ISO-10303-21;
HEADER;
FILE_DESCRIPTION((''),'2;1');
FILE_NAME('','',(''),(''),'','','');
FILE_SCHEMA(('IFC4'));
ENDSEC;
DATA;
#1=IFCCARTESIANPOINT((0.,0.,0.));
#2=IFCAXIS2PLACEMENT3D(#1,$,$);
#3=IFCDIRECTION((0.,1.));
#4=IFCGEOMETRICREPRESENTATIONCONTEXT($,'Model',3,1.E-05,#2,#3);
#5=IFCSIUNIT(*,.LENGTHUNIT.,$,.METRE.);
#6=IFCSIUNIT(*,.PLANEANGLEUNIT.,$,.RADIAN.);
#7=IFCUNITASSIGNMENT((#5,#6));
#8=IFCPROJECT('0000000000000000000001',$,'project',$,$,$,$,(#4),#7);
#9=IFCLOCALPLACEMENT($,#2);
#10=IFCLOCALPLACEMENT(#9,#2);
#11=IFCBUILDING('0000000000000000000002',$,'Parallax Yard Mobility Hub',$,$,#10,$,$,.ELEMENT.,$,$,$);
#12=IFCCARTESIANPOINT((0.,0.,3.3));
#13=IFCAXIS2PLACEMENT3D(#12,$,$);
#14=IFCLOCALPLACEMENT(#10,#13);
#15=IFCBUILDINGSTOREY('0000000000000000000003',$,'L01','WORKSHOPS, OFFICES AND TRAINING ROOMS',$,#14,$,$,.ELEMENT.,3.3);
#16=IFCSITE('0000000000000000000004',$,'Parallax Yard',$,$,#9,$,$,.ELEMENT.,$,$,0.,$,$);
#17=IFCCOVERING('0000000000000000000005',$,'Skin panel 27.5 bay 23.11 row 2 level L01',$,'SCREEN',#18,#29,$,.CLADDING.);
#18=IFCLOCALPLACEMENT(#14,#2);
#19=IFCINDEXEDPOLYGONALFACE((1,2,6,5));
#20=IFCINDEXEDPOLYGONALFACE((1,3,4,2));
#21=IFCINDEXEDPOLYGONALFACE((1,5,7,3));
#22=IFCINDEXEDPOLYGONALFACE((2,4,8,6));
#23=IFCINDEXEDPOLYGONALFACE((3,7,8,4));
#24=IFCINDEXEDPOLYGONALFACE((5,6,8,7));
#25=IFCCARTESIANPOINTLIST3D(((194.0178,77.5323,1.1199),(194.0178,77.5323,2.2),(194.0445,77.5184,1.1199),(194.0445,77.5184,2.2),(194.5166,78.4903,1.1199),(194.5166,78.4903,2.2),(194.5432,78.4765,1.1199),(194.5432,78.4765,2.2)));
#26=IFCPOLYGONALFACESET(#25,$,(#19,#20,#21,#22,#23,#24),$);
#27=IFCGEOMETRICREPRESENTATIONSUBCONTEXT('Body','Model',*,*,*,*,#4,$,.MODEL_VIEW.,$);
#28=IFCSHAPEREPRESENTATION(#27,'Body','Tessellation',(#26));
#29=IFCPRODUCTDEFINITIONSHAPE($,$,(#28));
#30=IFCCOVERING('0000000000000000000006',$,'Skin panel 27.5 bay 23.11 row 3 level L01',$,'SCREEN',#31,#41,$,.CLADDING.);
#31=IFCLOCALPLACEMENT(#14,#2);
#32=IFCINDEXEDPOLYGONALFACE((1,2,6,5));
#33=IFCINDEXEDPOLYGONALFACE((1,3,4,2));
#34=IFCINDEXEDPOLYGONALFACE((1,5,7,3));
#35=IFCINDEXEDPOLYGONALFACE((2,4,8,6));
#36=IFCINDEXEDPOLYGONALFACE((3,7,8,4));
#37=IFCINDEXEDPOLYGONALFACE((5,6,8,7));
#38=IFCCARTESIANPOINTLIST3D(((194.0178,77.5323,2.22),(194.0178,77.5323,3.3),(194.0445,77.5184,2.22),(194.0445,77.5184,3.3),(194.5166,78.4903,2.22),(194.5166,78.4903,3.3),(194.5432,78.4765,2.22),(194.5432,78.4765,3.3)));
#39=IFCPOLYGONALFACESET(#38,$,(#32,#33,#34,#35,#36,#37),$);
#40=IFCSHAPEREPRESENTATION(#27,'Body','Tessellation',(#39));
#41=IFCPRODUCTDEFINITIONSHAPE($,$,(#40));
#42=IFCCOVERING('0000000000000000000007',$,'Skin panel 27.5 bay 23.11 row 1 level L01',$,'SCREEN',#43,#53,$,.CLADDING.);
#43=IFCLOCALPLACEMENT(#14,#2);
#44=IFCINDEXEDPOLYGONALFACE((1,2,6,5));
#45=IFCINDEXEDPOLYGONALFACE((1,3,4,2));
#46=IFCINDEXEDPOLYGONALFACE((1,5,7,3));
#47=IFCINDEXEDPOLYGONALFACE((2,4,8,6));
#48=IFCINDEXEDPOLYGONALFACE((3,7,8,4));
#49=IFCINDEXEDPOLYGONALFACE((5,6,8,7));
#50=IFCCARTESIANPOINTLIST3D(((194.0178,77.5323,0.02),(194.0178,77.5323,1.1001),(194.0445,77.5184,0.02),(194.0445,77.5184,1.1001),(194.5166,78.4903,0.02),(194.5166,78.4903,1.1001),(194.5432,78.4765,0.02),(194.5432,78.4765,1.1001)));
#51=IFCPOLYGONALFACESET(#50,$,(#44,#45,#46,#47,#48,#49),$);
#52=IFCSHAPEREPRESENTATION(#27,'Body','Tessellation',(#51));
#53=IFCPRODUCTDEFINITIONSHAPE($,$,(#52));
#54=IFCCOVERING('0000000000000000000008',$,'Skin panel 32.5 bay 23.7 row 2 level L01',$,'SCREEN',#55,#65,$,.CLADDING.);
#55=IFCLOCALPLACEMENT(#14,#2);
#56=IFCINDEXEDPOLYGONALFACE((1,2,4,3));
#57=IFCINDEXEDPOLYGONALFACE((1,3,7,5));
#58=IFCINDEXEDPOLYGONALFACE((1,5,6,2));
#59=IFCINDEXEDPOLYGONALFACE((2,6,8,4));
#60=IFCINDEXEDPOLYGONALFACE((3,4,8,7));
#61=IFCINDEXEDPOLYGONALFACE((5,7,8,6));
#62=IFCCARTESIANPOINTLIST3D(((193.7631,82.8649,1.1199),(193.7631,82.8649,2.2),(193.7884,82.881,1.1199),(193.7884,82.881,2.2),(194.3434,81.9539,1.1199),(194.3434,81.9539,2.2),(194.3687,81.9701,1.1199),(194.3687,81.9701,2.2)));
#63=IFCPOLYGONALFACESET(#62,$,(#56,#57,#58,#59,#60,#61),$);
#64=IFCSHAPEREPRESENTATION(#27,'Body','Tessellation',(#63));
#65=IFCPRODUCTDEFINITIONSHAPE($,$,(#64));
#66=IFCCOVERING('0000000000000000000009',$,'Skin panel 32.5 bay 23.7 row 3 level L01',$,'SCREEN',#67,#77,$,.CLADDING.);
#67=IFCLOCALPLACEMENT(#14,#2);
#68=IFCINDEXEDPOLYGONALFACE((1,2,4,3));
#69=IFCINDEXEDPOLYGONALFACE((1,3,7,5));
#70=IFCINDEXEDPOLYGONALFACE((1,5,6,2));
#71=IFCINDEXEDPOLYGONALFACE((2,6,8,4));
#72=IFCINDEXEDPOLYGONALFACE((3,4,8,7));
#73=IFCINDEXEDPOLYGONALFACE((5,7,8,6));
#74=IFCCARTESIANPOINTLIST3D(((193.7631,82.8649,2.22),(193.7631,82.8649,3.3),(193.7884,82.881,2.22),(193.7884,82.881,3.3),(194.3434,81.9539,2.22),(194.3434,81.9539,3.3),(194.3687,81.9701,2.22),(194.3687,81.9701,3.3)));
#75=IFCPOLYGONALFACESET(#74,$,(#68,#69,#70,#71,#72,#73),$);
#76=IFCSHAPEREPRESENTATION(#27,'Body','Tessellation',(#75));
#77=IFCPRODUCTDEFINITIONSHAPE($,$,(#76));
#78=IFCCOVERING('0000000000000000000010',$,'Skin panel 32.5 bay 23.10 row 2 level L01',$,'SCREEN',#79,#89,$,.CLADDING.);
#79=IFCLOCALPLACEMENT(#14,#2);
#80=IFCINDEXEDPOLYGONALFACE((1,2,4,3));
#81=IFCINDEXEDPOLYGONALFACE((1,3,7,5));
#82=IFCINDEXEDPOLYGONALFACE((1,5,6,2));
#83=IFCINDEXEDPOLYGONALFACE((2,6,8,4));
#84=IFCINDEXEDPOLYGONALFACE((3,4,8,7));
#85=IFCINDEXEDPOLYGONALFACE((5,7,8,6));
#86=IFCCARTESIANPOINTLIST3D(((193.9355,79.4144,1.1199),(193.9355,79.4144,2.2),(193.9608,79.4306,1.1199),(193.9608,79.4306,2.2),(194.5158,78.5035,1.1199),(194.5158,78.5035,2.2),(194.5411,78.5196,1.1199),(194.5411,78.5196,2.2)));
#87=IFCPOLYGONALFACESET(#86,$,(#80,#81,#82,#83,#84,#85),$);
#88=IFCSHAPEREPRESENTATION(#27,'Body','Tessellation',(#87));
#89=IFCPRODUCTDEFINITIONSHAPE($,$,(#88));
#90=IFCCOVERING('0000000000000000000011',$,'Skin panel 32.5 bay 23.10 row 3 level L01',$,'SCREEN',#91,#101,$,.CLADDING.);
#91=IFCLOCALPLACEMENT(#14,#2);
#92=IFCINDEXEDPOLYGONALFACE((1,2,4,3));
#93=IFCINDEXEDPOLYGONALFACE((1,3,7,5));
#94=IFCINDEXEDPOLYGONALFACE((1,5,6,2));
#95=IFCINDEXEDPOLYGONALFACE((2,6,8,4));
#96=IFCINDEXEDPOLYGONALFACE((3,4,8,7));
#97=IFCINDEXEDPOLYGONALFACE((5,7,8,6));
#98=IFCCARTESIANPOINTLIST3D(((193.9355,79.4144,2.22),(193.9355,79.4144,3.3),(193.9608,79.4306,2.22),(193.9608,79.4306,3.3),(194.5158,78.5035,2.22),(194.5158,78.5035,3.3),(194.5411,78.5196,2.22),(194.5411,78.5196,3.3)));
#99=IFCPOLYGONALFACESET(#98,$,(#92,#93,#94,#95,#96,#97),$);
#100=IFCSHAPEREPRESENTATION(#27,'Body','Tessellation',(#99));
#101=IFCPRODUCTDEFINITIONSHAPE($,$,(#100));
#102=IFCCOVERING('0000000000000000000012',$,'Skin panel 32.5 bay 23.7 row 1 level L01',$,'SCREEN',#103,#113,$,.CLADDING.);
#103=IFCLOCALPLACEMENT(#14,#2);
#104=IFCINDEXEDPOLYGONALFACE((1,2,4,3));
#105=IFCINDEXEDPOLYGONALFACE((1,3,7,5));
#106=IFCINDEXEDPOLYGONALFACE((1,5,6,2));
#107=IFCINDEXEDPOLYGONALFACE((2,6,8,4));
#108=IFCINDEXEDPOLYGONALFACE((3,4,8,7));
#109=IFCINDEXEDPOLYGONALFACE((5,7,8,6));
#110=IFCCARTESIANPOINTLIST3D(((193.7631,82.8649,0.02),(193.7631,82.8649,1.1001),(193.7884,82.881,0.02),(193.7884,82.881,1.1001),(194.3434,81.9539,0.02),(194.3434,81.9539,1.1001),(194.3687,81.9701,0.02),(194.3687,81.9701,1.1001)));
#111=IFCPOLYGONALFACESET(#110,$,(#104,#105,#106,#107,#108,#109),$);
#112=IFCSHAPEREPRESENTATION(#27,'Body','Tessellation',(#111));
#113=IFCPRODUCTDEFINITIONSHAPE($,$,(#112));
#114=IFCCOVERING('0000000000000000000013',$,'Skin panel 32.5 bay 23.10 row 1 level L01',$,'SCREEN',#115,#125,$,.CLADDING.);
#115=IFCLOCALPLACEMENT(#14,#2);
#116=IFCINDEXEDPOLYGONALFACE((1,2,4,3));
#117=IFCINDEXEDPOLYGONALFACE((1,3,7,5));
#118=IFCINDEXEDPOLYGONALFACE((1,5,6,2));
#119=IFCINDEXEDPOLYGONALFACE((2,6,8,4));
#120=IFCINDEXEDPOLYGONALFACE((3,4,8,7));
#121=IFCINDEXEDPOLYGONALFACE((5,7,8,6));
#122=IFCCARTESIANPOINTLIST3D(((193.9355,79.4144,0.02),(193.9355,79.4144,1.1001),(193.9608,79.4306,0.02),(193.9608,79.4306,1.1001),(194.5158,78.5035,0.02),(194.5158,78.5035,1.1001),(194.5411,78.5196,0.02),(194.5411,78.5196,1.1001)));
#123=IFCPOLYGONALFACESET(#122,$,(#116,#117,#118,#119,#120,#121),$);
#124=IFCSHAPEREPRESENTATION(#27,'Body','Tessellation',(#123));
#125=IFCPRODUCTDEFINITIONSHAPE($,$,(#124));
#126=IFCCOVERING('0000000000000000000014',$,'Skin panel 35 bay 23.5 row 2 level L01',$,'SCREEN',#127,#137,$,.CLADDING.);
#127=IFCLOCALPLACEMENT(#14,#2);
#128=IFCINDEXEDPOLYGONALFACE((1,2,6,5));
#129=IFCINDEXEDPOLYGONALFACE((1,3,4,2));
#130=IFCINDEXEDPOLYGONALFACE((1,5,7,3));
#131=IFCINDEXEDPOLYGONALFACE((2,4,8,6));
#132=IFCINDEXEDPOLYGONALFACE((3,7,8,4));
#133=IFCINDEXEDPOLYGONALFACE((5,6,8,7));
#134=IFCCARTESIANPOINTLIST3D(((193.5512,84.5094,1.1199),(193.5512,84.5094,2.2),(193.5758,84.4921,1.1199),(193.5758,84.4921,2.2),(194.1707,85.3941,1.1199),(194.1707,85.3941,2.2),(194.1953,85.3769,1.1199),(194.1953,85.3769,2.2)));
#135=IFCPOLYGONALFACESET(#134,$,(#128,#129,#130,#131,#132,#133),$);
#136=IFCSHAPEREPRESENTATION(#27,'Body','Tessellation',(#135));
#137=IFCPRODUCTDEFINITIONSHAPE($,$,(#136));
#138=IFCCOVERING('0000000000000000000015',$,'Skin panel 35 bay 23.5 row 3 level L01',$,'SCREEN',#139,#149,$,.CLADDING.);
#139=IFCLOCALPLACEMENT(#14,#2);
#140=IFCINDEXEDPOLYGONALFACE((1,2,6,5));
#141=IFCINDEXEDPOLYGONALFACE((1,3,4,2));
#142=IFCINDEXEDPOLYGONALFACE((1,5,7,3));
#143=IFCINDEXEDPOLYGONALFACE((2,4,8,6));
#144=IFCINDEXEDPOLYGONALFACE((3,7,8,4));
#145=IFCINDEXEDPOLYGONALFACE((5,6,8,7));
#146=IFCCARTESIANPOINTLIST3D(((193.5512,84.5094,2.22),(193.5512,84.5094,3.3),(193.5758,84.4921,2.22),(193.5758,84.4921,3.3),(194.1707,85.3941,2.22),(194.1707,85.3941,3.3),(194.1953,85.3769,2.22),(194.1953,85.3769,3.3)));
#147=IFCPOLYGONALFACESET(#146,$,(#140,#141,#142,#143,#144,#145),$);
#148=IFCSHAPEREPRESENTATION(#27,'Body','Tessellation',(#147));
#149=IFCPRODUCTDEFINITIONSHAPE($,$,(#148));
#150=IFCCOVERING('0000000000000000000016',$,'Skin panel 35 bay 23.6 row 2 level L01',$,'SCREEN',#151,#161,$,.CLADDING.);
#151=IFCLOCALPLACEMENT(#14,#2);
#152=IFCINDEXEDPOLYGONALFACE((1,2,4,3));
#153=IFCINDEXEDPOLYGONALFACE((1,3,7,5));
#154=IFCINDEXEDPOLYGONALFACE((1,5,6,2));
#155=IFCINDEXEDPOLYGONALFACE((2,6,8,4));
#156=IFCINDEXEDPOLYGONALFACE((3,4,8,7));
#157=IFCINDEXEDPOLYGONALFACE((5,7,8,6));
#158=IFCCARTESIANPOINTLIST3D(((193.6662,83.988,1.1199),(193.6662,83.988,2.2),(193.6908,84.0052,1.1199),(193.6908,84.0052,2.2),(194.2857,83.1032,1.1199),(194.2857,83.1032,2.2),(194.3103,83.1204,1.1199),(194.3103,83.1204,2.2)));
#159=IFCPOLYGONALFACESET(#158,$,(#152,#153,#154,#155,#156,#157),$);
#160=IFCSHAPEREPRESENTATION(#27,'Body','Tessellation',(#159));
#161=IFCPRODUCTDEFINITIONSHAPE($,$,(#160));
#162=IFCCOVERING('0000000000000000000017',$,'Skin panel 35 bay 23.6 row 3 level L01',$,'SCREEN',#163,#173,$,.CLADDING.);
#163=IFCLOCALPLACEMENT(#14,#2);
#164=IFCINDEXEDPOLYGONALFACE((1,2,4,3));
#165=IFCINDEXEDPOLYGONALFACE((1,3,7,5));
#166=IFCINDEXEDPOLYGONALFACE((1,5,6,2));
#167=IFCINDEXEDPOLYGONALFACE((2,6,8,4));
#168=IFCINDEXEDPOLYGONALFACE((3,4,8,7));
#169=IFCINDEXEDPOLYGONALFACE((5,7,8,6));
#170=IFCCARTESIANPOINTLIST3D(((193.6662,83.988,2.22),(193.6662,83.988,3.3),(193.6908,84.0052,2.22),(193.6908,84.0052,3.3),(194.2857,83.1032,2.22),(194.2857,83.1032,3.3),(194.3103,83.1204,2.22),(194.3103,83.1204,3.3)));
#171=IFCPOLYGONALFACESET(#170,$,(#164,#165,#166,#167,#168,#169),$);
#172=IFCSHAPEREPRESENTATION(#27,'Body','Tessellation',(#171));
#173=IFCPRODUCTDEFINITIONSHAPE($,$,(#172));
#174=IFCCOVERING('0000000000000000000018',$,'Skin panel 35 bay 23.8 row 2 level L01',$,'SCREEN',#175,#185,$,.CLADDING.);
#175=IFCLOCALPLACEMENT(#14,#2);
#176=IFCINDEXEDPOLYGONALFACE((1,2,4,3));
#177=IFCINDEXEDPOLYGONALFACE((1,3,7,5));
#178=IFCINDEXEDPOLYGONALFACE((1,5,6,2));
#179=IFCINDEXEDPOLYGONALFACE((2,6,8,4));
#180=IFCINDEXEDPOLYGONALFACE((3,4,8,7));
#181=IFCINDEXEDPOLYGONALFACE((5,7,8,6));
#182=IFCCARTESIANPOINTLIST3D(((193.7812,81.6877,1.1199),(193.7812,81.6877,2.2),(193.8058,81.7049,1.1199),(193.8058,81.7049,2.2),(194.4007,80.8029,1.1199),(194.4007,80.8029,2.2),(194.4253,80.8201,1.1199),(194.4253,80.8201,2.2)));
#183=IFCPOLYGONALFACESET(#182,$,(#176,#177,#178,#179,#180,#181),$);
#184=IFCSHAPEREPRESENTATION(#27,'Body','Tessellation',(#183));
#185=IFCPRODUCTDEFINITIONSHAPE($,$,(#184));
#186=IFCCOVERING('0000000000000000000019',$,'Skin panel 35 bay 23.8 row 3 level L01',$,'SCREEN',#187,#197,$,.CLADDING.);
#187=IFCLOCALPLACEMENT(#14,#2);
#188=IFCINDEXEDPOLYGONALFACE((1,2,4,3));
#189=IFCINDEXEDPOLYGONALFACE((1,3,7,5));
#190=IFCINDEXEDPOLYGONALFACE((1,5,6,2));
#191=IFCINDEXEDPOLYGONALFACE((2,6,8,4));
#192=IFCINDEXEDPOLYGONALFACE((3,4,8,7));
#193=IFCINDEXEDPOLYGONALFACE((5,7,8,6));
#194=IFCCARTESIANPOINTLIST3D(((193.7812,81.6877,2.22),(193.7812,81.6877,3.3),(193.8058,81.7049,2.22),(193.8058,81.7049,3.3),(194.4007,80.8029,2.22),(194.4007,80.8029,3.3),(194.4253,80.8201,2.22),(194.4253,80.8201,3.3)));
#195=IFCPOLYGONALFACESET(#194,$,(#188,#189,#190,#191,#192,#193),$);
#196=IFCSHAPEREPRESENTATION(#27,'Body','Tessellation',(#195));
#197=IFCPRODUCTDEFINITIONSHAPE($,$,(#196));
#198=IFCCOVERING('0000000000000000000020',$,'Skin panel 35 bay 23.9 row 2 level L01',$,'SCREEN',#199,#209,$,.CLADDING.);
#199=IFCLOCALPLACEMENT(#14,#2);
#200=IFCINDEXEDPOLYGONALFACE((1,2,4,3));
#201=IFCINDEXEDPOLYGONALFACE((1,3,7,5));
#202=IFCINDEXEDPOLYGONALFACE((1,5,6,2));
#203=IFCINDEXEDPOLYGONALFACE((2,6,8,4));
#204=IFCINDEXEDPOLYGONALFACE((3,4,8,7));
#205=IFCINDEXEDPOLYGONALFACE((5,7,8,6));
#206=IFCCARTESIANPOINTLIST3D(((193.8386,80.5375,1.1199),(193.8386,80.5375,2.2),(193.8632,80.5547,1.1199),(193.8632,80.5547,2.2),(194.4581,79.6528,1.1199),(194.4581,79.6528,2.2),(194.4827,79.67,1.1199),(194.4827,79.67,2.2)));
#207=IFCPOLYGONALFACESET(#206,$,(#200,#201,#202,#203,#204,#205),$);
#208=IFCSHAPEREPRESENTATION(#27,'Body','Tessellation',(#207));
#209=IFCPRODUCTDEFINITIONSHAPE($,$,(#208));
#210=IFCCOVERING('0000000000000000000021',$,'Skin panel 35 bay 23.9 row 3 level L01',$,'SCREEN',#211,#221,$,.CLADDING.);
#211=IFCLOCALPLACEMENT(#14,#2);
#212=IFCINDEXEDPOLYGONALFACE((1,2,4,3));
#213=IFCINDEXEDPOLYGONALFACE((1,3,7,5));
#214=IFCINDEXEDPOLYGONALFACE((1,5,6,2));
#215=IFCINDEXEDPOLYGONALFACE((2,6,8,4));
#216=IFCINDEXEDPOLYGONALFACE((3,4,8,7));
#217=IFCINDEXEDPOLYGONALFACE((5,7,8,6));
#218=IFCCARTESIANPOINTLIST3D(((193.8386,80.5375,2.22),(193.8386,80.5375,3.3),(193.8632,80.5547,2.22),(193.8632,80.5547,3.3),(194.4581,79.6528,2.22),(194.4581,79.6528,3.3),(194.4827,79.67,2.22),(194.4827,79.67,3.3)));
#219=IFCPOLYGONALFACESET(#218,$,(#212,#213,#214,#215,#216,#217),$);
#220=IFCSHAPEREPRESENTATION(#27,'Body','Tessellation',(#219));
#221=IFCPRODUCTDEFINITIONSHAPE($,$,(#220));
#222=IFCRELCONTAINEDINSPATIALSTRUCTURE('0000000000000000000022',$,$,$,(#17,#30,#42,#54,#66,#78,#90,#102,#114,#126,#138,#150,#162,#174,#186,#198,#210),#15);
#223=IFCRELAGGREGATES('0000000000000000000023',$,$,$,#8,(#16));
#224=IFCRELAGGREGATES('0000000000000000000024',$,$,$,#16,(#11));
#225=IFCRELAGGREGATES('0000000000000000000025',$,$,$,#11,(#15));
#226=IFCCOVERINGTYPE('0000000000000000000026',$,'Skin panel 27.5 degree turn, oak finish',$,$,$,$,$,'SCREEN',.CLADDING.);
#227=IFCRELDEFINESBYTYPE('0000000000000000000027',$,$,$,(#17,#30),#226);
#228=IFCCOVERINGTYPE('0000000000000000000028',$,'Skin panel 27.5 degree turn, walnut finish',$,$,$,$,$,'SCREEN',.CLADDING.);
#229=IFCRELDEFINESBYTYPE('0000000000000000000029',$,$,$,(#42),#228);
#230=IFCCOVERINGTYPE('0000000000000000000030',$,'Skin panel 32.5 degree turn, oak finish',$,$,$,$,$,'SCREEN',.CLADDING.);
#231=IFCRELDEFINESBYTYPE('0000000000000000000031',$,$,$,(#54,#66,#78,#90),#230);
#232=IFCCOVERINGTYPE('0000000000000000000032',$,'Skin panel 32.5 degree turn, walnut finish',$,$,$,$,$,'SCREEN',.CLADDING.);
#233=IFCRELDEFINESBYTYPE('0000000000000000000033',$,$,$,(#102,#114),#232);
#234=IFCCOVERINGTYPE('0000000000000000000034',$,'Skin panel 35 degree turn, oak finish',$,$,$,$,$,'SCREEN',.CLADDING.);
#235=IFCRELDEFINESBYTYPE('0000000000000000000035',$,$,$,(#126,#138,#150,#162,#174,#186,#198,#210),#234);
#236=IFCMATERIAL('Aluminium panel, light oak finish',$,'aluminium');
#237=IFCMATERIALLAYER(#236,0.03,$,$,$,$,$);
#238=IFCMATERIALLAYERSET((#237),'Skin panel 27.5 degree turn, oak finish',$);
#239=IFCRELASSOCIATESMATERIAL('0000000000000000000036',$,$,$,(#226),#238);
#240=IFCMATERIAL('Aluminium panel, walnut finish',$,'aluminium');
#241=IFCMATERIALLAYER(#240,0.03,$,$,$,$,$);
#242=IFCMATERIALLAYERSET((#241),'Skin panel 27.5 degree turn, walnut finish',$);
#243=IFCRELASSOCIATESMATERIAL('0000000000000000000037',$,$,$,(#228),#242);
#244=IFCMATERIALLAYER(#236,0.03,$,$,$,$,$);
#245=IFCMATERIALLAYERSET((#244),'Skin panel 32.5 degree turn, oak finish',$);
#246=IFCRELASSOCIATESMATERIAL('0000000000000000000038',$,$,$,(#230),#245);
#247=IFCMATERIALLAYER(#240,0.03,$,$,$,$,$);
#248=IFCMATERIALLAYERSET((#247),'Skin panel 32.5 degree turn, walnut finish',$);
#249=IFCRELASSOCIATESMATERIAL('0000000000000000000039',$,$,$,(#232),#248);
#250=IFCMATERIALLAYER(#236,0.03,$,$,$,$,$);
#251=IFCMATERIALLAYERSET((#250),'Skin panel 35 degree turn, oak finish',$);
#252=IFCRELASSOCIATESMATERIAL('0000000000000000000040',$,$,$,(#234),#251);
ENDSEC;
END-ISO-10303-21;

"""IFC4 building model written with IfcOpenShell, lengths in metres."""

from ifc_helpers import new_model, si_unit, direction, frame, origin, origin_2d, place, context, subcontext, project, spatial, rectangle, extrude, material, layer, layer_set, type_object, element, save


model = new_model("IFC4")

# Units and contexts
model_context = context("Model", 3, precision=1e-05, world=origin(), true_north=direction((0.0, 1.0)))
body_context = subcontext(model_context, "Body", "Model", "MODEL_VIEW")
ifc_project = project(units=[si_unit("LENGTHUNIT", "METRE"), si_unit("PLANEANGLEUNIT", "RADIAN")], contexts=[model_context])

# Site, building, storey
site_placement = place(None, origin())
site = spatial("IfcSite", under=ifc_project, at=site_placement, Name="Parallax Yard", CompositionType="ELEMENT", RefElevation=0.0)
building_placement = place(site_placement, origin())
building = spatial("IfcBuilding", under=site, at=building_placement, Name="Parallax Yard Mobility Hub", CompositionType="ELEMENT")
storey_placement = place(building_placement, frame((0.0, 0.0, 3.3)))
storey = spatial("IfcBuildingStorey", under=building, at=storey_placement, Name="L01", Description="WORKSHOPS, OFFICES AND TRAINING ROOMS", CompositionType="ELEMENT", Elevation=3.3)

# Coverings
ifc_material_1 = material(Name="Aluminium panel, light oak finish", Category="aluminium")
ifc_layer_1 = layer(ifc_material_1, 0.03)
ifc_layer_set_1 = layer_set([ifc_layer_1], Name="Skin panel 27.5 degree turn, oak finish")
covering_type_1 = type_object("IfcCoveringType", Name="Skin panel 27.5 degree turn, oak finish", ElementType="SCREEN", PredefinedType="CLADDING", material=ifc_layer_set_1)
for number, where, z_axis, x_axis, name in (
    (1, (194.2805, 78.0044, 1.1199), (0.0, 0.0, 1.0), (-0.461749, -0.887011, 0.0), "Skin panel 27.5 bay 23.11 row 2 level L01"),
    (2, (194.2805, 78.0044, 2.22), (0.0, 0.0, 1.0), (-0.461749, -0.887011, 0.0), "Skin panel 27.5 bay 23.11 row 3 level L01"),
):
    element("IfcCovering", number, at=place(storey_placement, frame(where, z_axis=z_axis, x_axis=x_axis)), inside=storey, type_object=covering_type_1, Name=name, ObjectType="SCREEN", PredefinedType="CLADDING", context=body_context, shape_type="SweptSolid", body=[
        extrude(rectangle(XDim=1.0801, YDim=0.03, at=origin_2d()), origin(), (0.0, 0.0, 1.0), 1.0801),
    ])
ifc_material_2 = material(Name="Aluminium panel, walnut finish", Category="aluminium")
ifc_layer_2 = layer(ifc_material_2, 0.03)
ifc_layer_set_2 = layer_set([ifc_layer_2], Name="Skin panel 27.5 degree turn, walnut finish")
covering_type_2 = type_object("IfcCoveringType", Name="Skin panel 27.5 degree turn, walnut finish", ElementType="SCREEN", PredefinedType="CLADDING", material=ifc_layer_set_2)
covering_placement = place(storey_placement, frame((194.2805, 78.0044, 0.02), z_axis=(0.0, 0.0, 1.0), x_axis=(-0.461749, -0.887011, 0.0)))
element("IfcCovering", 3, at=covering_placement, inside=storey, type_object=covering_type_2, Name="Skin panel 27.5 bay 23.11 row 1 level L01", ObjectType="SCREEN", PredefinedType="CLADDING", context=body_context, shape_type="SweptSolid", body=[
    extrude(rectangle(XDim=1.0801, YDim=0.03, at=origin_2d()), origin(), (0.0, 0.0, 1.0), 1.0801),
])
ifc_layer_3 = layer(ifc_material_1, 0.03)
ifc_layer_set_3 = layer_set([ifc_layer_3], Name="Skin panel 32.5 degree turn, oak finish")
covering_type_3 = type_object("IfcCoveringType", Name="Skin panel 32.5 degree turn, oak finish", ElementType="SCREEN", PredefinedType="CLADDING", material=ifc_layer_set_3)
for number, where, z_axis, x_axis, name in (
    (4, (194.0659, 82.4175, 1.1199), (0.0, 0.0, 1.0), (-0.5373, 0.843391, 0.0), "Skin panel 32.5 bay 23.7 row 2 level L01"),
    (5, (194.0659, 82.4175, 2.22), (0.0, 0.0, 1.0), (-0.5373, 0.843391, 0.0), "Skin panel 32.5 bay 23.7 row 3 level L01"),
    (6, (194.2383, 78.967, 1.1199), (0.0, 0.0, 1.0), (-0.5373, 0.843391, 0.0), "Skin panel 32.5 bay 23.10 row 2 level L01"),
    (7, (194.2383, 78.967, 2.22), (0.0, 0.0, 1.0), (-0.5373, 0.843391, 0.0), "Skin panel 32.5 bay 23.10 row 3 level L01"),
):
    element("IfcCovering", number, at=place(storey_placement, frame(where, z_axis=z_axis, x_axis=x_axis)), inside=storey, type_object=covering_type_3, Name=name, ObjectType="SCREEN", PredefinedType="CLADDING", context=body_context, shape_type="SweptSolid", body=[
        extrude(rectangle(XDim=1.0801, YDim=0.03, at=origin_2d()), origin(), (0.0, 0.0, 1.0), 1.0801),
    ])
ifc_layer_4 = layer(ifc_material_2, 0.03)
ifc_layer_set_4 = layer_set([ifc_layer_4], Name="Skin panel 32.5 degree turn, walnut finish")
covering_type_4 = type_object("IfcCoveringType", Name="Skin panel 32.5 degree turn, walnut finish", ElementType="SCREEN", PredefinedType="CLADDING", material=ifc_layer_set_4)
for number, where, z_axis, x_axis, name in (
    (8, (194.0659, 82.4175, 0.02), (0.0, 0.0, 1.0), (-0.5373, 0.843391, 0.0), "Skin panel 32.5 bay 23.7 row 1 level L01"),
    (9, (194.2383, 78.967, 0.02), (0.0, 0.0, 1.0), (-0.5373, 0.843391, 0.0), "Skin panel 32.5 bay 23.10 row 1 level L01"),
):
    element("IfcCovering", number, at=place(storey_placement, frame(where, z_axis=z_axis, x_axis=x_axis)), inside=storey, type_object=covering_type_4, Name=name, ObjectType="SCREEN", PredefinedType="CLADDING", context=body_context, shape_type="SweptSolid", body=[
        extrude(rectangle(XDim=1.0801, YDim=0.03, at=origin_2d()), origin(), (0.0, 0.0, 1.0), 1.0801),
    ])
ifc_layer_5 = layer(ifc_material_1, 0.03)
ifc_layer_set_5 = layer_set([ifc_layer_5], Name="Skin panel 35 degree turn, oak finish")
covering_type_5 = type_object("IfcCoveringType", Name="Skin panel 35 degree turn, oak finish", ElementType="SCREEN", PredefinedType="CLADDING", material=ifc_layer_set_5)
for number, where, z_axis, x_axis, name in (
    (10, (193.8733, 84.9431, 1.1199), (0.0, 0.0, 1.0), (-0.573576, -0.819152, 0.0), "Skin panel 35 bay 23.5 row 2 level L01"),
    (11, (193.8733, 84.9431, 2.22), (0.0, 0.0, 1.0), (-0.573576, -0.819152, 0.0), "Skin panel 35 bay 23.5 row 3 level L01"),
    (12, (193.9883, 83.5542, 1.1199), (0.0, 0.0, 1.0), (-0.573576, 0.819152, 0.0), "Skin panel 35 bay 23.6 row 2 level L01"),
    (13, (193.9883, 83.5542, 2.22), (0.0, 0.0, 1.0), (-0.573576, 0.819152, 0.0), "Skin panel 35 bay 23.6 row 3 level L01"),
    (14, (194.1033, 81.2539, 1.1199), (0.0, 0.0, 1.0), (-0.573576, 0.819152, 0.0), "Skin panel 35 bay 23.8 row 2 level L01"),
    (15, (194.1033, 81.2539, 2.22), (0.0, 0.0, 1.0), (-0.573576, 0.819152, 0.0), "Skin panel 35 bay 23.8 row 3 level L01"),
    (16, (194.1606, 80.1038, 1.1199), (0.0, 0.0, 1.0), (-0.573576, 0.819152, 0.0), "Skin panel 35 bay 23.9 row 2 level L01"),
    (17, (194.1606, 80.1038, 2.22), (0.0, 0.0, 1.0), (-0.573576, 0.819152, 0.0), "Skin panel 35 bay 23.9 row 3 level L01"),
):
    element("IfcCovering", number, at=place(storey_placement, frame(where, z_axis=z_axis, x_axis=x_axis)), inside=storey, type_object=covering_type_5, Name=name, ObjectType="SCREEN", PredefinedType="CLADDING", context=body_context, shape_type="SweptSolid", body=[
        extrude(rectangle(XDim=1.0801, YDim=0.03, at=origin_2d()), origin(), (0.0, 0.0, 1.0), 1.0801),
    ])

save(model, "model.ifc")
